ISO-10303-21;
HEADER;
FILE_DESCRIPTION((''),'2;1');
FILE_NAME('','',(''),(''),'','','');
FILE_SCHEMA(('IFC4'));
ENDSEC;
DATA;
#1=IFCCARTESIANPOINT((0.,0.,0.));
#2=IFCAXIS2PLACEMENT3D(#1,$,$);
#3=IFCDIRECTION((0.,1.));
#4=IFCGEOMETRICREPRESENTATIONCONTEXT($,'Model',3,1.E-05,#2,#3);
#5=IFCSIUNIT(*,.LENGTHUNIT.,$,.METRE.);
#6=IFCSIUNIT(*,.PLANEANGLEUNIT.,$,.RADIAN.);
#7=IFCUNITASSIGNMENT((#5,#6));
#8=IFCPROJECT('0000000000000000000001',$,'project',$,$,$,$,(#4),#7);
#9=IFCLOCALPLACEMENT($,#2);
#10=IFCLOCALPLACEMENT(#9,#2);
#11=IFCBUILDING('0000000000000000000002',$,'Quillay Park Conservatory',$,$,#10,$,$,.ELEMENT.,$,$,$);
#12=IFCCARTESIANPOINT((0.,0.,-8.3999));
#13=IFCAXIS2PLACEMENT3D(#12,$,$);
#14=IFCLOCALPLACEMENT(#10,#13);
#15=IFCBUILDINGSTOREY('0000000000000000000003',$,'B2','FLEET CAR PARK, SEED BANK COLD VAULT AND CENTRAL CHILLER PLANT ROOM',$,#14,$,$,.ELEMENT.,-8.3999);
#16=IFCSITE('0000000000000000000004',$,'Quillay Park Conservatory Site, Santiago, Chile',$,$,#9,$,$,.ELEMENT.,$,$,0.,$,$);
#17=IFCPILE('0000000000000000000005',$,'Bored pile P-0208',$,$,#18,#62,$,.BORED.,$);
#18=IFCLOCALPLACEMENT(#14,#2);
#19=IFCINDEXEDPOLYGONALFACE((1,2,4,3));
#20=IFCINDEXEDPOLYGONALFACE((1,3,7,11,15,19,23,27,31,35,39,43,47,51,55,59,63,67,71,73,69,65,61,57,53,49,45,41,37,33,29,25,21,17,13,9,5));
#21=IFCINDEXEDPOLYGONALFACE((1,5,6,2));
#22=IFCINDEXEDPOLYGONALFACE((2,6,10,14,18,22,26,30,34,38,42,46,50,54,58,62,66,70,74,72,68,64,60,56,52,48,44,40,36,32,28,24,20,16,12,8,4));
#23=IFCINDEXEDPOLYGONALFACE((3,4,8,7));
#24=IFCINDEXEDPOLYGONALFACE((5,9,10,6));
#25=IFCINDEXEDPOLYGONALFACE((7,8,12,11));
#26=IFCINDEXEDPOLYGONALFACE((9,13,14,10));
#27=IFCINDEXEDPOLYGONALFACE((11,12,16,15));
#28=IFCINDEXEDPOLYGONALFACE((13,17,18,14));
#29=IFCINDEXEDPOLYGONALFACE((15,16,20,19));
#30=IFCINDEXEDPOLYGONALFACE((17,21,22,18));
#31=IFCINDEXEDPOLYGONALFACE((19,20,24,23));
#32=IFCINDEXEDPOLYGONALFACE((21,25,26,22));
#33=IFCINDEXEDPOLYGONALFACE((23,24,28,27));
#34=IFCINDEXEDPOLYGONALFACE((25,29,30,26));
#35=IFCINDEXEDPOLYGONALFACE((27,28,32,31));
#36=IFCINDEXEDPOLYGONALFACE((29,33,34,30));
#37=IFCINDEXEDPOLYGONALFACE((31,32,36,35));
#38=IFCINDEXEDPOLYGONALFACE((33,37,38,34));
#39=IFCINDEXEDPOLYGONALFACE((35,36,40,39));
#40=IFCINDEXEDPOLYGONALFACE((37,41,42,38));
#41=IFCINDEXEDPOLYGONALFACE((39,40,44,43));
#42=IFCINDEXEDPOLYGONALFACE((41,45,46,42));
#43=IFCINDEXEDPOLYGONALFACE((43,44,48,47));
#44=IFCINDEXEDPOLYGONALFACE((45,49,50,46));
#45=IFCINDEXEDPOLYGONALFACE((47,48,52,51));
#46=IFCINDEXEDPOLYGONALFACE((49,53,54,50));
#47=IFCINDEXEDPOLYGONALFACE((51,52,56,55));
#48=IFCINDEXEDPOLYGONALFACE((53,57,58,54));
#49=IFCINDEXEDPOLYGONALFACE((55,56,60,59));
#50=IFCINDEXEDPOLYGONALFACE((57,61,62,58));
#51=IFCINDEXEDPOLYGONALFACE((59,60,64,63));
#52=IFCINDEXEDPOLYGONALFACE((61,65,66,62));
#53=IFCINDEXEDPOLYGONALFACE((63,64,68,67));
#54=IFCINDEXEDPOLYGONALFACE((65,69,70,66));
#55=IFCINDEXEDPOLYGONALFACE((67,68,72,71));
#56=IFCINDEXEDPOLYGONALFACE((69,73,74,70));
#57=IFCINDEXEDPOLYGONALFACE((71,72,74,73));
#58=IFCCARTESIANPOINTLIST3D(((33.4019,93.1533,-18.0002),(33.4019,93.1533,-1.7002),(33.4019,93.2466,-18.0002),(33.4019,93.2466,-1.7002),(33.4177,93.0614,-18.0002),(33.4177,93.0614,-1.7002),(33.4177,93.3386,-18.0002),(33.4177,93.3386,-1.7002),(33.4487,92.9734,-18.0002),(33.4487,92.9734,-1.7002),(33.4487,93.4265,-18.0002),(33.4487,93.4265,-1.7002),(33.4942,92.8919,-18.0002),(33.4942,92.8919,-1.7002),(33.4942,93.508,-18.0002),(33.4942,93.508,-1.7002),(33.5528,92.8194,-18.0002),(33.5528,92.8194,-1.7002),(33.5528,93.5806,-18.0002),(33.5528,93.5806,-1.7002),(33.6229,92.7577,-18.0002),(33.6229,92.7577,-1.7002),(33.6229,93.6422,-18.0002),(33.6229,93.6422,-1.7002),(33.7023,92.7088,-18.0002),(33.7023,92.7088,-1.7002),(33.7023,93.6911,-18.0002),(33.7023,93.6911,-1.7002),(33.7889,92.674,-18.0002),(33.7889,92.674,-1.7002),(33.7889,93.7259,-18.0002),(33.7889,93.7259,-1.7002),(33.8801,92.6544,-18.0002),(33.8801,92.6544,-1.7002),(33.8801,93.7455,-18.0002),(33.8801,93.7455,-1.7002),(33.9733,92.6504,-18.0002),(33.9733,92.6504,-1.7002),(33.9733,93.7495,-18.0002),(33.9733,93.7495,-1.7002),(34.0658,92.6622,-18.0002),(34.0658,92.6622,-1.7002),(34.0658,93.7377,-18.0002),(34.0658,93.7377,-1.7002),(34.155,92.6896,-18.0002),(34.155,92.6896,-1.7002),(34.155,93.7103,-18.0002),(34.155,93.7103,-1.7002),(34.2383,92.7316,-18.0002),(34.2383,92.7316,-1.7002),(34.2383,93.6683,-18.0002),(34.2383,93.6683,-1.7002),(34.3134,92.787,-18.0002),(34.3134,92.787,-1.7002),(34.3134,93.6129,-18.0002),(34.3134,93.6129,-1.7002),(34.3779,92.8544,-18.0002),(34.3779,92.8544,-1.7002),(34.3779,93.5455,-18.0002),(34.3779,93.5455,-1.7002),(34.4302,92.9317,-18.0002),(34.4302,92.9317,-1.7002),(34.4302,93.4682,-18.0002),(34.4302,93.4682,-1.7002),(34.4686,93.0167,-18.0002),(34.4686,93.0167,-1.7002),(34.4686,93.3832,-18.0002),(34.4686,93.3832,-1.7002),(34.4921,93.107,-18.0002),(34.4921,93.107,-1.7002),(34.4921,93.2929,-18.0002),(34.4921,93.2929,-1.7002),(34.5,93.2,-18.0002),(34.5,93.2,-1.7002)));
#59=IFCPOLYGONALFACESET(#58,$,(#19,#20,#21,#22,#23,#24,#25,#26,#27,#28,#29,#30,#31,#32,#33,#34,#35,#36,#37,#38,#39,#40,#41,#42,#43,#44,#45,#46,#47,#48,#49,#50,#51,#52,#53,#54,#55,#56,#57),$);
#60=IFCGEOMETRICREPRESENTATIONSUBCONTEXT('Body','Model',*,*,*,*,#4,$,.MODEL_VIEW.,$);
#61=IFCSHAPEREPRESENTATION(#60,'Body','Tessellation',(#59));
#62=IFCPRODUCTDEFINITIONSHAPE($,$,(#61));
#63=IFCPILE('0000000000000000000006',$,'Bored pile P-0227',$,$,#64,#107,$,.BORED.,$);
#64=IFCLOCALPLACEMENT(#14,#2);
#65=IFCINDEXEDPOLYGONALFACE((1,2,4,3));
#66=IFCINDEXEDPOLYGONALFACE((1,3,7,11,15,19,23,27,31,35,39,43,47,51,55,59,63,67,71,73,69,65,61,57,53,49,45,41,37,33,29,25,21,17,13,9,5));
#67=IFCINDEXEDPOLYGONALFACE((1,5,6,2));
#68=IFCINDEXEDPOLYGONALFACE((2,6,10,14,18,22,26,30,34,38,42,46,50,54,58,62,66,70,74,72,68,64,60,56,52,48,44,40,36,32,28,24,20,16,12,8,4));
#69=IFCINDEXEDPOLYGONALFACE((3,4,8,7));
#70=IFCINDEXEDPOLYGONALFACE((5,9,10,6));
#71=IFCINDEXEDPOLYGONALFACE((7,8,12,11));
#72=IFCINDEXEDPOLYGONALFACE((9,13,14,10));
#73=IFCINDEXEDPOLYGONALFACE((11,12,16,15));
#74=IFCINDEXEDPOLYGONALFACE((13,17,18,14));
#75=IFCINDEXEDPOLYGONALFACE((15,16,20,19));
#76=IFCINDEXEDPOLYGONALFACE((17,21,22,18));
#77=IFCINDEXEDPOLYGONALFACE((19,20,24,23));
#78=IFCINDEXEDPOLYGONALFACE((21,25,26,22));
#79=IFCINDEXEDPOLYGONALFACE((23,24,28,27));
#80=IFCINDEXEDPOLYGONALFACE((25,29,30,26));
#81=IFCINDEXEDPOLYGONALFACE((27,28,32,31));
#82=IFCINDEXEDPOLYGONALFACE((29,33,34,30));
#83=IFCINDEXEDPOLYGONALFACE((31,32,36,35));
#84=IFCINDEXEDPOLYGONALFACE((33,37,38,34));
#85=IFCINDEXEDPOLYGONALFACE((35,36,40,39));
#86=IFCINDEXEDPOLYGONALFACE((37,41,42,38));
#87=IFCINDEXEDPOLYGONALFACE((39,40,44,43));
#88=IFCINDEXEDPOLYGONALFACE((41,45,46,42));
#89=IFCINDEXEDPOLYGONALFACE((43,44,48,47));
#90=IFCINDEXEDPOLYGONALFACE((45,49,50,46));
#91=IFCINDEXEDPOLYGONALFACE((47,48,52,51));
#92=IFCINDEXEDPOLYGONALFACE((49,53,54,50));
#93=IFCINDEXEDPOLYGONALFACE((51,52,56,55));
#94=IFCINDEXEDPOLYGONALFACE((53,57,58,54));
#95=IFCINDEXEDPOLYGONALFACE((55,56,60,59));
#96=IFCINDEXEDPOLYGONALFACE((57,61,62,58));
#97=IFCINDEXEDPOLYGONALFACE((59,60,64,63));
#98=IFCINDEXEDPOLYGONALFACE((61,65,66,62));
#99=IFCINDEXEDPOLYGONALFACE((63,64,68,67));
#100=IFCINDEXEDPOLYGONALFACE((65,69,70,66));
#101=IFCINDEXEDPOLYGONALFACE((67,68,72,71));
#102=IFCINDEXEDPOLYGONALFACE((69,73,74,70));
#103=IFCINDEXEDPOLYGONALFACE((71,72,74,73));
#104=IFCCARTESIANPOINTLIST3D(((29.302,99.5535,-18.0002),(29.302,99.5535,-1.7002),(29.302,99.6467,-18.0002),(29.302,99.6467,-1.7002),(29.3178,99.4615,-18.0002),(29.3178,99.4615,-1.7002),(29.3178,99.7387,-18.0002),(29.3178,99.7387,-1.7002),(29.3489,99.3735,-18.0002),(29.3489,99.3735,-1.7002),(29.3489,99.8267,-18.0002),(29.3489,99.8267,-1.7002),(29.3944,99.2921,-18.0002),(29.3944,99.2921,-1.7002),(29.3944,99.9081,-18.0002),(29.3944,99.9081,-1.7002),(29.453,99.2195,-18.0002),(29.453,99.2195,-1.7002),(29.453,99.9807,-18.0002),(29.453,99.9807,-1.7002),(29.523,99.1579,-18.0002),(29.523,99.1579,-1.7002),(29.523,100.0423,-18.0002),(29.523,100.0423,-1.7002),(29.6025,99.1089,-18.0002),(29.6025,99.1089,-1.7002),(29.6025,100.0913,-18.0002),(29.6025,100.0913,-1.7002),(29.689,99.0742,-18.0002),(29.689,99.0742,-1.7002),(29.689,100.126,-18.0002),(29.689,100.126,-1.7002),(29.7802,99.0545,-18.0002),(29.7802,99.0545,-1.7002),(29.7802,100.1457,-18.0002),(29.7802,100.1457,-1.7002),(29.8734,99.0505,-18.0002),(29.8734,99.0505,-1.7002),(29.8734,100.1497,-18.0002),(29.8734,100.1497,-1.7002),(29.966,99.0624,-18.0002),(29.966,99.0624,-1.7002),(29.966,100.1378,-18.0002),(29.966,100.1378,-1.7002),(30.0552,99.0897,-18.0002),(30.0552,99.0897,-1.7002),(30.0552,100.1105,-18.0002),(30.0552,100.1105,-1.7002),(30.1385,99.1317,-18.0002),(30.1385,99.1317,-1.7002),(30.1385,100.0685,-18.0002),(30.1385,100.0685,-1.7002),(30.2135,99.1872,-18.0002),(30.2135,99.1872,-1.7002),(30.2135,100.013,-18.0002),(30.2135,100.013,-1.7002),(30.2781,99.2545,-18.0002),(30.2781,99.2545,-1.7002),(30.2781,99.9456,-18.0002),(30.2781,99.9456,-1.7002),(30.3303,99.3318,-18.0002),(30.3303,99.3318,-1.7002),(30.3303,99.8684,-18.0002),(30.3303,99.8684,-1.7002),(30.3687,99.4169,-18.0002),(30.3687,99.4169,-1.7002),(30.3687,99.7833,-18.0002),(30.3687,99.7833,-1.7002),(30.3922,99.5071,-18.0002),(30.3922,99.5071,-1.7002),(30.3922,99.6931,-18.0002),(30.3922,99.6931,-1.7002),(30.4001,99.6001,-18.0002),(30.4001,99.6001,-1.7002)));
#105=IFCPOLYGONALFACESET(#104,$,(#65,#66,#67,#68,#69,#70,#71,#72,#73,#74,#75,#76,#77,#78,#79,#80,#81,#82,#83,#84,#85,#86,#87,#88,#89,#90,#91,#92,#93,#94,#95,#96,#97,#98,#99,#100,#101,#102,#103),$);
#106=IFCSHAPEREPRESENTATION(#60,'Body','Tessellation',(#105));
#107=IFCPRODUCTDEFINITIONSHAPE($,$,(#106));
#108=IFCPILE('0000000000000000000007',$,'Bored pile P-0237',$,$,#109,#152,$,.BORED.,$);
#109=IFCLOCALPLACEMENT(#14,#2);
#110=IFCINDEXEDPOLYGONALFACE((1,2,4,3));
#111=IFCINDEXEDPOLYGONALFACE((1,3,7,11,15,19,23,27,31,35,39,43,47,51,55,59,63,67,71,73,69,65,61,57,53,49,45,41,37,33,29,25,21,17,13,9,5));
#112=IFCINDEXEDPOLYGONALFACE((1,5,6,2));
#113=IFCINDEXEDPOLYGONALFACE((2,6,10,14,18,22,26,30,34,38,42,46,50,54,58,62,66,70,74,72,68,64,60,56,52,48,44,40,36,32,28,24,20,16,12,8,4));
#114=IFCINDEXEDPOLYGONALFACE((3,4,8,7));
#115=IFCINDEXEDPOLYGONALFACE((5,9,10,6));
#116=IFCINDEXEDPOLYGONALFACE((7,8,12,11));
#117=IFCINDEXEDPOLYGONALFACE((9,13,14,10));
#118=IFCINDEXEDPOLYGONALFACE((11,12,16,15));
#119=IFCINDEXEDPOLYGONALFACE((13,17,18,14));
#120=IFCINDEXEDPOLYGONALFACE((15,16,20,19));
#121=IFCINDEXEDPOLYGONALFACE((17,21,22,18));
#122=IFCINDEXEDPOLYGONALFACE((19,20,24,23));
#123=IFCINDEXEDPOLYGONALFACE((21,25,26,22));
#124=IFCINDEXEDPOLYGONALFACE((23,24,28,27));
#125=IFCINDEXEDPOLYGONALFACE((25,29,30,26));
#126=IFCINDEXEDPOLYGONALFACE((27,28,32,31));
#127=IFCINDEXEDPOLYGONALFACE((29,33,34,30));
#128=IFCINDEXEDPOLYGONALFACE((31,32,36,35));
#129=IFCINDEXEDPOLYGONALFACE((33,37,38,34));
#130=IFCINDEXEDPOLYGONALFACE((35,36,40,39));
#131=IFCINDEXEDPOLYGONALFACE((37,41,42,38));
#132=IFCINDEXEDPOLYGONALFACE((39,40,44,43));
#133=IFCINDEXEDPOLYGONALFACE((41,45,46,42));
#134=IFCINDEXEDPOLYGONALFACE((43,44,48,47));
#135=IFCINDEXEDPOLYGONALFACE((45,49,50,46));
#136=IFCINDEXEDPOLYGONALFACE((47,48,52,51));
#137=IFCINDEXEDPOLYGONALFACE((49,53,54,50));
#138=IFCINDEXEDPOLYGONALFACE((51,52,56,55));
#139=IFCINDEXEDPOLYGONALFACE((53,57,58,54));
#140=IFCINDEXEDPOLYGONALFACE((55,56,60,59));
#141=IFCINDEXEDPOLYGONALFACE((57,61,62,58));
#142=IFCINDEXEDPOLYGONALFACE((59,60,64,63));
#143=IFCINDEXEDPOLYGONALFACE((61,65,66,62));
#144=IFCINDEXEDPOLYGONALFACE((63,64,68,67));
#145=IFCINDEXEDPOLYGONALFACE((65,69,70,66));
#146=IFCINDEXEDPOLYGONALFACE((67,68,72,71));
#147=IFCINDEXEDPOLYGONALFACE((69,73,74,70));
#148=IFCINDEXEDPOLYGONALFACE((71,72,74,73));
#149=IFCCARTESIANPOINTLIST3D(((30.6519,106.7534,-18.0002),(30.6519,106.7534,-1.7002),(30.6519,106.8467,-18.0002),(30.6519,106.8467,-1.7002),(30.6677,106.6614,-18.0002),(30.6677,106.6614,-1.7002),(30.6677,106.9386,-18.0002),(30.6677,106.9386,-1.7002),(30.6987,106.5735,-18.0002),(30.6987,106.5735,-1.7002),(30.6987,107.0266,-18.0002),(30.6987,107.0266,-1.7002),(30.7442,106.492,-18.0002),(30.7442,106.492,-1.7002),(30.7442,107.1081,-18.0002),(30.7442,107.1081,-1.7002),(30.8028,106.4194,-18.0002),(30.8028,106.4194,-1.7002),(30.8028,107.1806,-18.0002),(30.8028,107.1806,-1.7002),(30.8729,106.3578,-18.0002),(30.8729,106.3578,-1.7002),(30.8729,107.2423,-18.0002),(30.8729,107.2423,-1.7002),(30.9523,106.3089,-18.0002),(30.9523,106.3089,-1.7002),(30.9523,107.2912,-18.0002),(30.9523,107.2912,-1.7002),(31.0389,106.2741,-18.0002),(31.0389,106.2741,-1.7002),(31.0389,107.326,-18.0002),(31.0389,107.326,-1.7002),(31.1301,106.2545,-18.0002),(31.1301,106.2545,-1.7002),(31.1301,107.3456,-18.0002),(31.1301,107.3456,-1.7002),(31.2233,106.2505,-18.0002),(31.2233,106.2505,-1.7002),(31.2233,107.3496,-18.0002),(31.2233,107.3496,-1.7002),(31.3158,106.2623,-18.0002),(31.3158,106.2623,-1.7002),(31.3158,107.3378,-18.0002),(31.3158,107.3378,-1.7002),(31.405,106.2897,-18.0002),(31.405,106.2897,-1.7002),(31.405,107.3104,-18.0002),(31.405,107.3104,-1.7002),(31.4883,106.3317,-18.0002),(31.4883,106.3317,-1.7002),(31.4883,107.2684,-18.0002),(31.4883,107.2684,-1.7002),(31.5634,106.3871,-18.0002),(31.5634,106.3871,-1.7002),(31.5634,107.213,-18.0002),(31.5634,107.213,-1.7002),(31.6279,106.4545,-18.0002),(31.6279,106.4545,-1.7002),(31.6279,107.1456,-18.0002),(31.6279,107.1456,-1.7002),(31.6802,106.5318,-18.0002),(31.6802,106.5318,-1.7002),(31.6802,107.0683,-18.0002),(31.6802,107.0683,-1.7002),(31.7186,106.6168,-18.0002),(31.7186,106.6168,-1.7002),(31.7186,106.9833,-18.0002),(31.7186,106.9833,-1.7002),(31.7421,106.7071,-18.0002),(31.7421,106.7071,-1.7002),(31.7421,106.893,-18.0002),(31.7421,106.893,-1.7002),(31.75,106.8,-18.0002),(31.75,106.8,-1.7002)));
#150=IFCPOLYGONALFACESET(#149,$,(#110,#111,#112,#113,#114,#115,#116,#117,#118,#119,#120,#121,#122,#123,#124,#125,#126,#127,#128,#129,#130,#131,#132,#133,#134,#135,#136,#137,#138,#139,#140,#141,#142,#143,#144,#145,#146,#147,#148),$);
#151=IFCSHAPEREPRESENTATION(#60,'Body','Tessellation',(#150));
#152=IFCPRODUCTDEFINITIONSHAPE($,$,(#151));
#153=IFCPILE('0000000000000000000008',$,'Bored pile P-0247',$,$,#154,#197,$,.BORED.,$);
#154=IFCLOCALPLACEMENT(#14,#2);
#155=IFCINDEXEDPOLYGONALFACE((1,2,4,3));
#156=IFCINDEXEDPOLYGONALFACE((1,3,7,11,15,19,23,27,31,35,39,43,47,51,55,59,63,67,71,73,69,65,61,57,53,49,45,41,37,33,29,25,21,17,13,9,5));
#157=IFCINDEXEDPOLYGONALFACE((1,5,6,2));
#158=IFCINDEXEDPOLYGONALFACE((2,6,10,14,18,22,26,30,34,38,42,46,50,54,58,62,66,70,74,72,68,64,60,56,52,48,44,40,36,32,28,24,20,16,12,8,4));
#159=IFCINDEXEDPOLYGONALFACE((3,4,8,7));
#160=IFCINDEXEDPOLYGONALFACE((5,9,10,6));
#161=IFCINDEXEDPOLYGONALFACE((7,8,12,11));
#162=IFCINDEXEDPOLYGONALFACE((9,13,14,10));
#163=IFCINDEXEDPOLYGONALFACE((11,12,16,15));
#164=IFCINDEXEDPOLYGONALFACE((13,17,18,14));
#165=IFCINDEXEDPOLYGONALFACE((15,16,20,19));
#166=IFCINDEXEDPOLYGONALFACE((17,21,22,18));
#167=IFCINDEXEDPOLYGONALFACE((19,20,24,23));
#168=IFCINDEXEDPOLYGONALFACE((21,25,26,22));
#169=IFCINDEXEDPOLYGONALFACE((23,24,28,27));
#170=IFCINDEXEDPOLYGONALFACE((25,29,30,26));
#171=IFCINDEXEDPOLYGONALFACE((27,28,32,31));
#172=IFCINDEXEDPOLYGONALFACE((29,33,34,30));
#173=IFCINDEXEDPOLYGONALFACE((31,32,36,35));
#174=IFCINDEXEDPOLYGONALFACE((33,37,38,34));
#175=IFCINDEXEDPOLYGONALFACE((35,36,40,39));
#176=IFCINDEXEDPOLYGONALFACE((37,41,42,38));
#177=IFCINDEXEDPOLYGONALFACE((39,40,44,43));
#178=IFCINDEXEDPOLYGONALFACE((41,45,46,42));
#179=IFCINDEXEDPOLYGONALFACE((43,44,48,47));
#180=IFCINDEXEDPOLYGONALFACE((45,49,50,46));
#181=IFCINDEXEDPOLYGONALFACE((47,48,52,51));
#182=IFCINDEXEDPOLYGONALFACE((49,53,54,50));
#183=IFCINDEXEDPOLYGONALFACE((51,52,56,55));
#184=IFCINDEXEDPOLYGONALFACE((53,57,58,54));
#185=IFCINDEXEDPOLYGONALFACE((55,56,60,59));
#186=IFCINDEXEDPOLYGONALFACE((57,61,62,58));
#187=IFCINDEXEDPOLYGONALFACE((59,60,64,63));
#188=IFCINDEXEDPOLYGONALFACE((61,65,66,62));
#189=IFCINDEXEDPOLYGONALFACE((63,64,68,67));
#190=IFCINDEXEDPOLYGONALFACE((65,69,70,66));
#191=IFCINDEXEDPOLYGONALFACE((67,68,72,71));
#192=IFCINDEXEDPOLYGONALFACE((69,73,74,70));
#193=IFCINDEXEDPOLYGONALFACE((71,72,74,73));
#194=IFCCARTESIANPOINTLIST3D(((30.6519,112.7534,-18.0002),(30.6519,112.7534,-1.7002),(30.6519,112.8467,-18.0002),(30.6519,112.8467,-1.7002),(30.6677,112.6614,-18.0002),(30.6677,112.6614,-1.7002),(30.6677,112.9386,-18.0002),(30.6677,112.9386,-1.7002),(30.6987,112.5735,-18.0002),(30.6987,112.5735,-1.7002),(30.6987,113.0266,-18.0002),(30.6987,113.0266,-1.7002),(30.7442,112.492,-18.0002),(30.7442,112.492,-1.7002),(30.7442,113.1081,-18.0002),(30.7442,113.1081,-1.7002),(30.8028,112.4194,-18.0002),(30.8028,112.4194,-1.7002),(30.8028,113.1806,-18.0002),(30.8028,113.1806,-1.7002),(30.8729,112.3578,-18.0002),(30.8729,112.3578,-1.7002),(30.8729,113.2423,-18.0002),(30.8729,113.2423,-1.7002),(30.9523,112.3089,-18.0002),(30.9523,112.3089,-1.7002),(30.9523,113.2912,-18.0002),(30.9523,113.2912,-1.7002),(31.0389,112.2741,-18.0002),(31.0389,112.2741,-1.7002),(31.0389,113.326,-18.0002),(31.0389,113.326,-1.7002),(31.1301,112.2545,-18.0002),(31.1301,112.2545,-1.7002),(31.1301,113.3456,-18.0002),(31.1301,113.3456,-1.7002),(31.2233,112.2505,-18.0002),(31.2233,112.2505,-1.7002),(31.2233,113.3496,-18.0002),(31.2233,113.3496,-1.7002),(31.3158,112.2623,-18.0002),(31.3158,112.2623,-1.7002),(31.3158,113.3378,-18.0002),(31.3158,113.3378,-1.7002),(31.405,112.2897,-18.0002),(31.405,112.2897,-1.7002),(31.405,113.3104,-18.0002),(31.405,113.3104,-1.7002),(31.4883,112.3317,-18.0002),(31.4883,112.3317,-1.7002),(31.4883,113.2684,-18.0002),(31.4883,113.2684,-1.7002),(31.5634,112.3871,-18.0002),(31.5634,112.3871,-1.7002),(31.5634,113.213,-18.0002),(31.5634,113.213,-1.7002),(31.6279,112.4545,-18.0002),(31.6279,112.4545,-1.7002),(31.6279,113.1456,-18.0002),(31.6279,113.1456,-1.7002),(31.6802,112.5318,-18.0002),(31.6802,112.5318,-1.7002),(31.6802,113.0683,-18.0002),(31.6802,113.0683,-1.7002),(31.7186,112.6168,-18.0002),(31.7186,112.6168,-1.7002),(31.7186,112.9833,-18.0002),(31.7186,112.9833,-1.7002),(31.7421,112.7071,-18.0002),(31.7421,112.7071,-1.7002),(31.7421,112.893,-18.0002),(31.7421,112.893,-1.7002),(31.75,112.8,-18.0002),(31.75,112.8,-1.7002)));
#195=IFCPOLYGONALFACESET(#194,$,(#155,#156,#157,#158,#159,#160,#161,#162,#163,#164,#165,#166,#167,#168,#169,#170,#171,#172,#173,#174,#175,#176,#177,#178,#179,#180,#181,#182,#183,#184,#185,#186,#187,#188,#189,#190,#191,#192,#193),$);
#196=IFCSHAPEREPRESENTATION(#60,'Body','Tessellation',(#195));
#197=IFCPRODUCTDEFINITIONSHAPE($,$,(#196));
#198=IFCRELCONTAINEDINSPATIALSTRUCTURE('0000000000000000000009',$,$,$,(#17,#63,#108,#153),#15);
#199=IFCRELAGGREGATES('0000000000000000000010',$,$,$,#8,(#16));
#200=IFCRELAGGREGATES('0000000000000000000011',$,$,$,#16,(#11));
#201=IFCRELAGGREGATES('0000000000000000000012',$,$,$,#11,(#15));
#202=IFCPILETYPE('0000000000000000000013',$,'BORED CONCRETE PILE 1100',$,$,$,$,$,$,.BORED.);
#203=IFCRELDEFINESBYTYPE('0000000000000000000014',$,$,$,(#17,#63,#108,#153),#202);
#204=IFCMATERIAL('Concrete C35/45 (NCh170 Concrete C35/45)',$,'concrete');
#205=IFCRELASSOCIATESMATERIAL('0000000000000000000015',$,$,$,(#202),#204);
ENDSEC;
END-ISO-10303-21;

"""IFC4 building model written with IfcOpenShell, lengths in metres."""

from ifc_helpers import new_model, si_unit, direction, frame, origin, origin_2d, place, context, subcontext, project, spatial, circle, extrude, material, material_profile, profile_set, type_object, element, save


model = new_model("IFC4")

# Units and contexts
model_context = context("Model", 3, precision=1e-05, world=origin(), true_north=direction((0.0, 1.0)))
body_context = subcontext(model_context, "Body", "Model", "MODEL_VIEW")
ifc_project = project(units=[si_unit("LENGTHUNIT", "METRE"), si_unit("PLANEANGLEUNIT", "RADIAN")], contexts=[model_context])

# Site, building, storey
site_placement = place(None, origin())
site = spatial("IfcSite", under=ifc_project, at=site_placement, Name="Quillay Park Conservatory Site, Santiago, Chile", CompositionType="ELEMENT", RefElevation=0.0)
building_placement = place(site_placement, origin())
building = spatial("IfcBuilding", under=site, at=building_placement, Name="Quillay Park Conservatory", CompositionType="ELEMENT")
storey_placement = place(building_placement, frame((0.0, 0.0, -8.3999)))
storey = spatial("IfcBuildingStorey", under=building, at=storey_placement, Name="B2", Description="FLEET CAR PARK, SEED BANK COLD VAULT AND CENTRAL CHILLER PLANT ROOM", CompositionType="ELEMENT", Elevation=-8.3999)

# Piles
ifc_material_1 = material(Name="Concrete C35/45 (NCh170 Concrete C35/45)", Category="concrete")
ifc_material_profile_1 = material_profile(ifc_material_1, circle(Radius=0.55, at=origin_2d()), Name="PILE1100")
ifc_profile_set_1 = profile_set([ifc_material_profile_1], Name="Concrete C35/45 (NCh170 Concrete C35/45)")
pile_type_1 = type_object("IfcPileType", Name="BORED CONCRETE PILE 1100", PredefinedType="BORED", material=ifc_profile_set_1)
for number, where, z_axis, x_axis, name in (
    (1, (33.95, 93.2, -1.7002), (0.0, 0.0, -1.0), (1.0, 0.0, 0.0), "Bored pile P-0208"),
    (2, (29.8501, 99.6001, -1.7002), (0.0, 0.0, -1.0), (1.0, 0.0, 0.0), "Bored pile P-0227"),
    (3, (31.2, 106.8, -1.7002), (0.0, 0.0, -1.0), (1.0, 0.0, 0.0), "Bored pile P-0237"),
    (4, (31.2, 112.8, -1.7002), (0.0, 0.0, -1.0), (1.0, 0.0, 0.0), "Bored pile P-0247"),
):
    element("IfcPile", number, at=place(storey_placement, frame(where, z_axis=z_axis, x_axis=x_axis)), inside=storey, type_object=pile_type_1, Name=name, PredefinedType="BORED", context=body_context, shape_type="SweptSolid", body=[
        extrude(circle(Radius=0.55, at=origin_2d()), origin(), (0.0, 0.0, 1.0), 16.3),
    ])

save(model, "model.ifc")
